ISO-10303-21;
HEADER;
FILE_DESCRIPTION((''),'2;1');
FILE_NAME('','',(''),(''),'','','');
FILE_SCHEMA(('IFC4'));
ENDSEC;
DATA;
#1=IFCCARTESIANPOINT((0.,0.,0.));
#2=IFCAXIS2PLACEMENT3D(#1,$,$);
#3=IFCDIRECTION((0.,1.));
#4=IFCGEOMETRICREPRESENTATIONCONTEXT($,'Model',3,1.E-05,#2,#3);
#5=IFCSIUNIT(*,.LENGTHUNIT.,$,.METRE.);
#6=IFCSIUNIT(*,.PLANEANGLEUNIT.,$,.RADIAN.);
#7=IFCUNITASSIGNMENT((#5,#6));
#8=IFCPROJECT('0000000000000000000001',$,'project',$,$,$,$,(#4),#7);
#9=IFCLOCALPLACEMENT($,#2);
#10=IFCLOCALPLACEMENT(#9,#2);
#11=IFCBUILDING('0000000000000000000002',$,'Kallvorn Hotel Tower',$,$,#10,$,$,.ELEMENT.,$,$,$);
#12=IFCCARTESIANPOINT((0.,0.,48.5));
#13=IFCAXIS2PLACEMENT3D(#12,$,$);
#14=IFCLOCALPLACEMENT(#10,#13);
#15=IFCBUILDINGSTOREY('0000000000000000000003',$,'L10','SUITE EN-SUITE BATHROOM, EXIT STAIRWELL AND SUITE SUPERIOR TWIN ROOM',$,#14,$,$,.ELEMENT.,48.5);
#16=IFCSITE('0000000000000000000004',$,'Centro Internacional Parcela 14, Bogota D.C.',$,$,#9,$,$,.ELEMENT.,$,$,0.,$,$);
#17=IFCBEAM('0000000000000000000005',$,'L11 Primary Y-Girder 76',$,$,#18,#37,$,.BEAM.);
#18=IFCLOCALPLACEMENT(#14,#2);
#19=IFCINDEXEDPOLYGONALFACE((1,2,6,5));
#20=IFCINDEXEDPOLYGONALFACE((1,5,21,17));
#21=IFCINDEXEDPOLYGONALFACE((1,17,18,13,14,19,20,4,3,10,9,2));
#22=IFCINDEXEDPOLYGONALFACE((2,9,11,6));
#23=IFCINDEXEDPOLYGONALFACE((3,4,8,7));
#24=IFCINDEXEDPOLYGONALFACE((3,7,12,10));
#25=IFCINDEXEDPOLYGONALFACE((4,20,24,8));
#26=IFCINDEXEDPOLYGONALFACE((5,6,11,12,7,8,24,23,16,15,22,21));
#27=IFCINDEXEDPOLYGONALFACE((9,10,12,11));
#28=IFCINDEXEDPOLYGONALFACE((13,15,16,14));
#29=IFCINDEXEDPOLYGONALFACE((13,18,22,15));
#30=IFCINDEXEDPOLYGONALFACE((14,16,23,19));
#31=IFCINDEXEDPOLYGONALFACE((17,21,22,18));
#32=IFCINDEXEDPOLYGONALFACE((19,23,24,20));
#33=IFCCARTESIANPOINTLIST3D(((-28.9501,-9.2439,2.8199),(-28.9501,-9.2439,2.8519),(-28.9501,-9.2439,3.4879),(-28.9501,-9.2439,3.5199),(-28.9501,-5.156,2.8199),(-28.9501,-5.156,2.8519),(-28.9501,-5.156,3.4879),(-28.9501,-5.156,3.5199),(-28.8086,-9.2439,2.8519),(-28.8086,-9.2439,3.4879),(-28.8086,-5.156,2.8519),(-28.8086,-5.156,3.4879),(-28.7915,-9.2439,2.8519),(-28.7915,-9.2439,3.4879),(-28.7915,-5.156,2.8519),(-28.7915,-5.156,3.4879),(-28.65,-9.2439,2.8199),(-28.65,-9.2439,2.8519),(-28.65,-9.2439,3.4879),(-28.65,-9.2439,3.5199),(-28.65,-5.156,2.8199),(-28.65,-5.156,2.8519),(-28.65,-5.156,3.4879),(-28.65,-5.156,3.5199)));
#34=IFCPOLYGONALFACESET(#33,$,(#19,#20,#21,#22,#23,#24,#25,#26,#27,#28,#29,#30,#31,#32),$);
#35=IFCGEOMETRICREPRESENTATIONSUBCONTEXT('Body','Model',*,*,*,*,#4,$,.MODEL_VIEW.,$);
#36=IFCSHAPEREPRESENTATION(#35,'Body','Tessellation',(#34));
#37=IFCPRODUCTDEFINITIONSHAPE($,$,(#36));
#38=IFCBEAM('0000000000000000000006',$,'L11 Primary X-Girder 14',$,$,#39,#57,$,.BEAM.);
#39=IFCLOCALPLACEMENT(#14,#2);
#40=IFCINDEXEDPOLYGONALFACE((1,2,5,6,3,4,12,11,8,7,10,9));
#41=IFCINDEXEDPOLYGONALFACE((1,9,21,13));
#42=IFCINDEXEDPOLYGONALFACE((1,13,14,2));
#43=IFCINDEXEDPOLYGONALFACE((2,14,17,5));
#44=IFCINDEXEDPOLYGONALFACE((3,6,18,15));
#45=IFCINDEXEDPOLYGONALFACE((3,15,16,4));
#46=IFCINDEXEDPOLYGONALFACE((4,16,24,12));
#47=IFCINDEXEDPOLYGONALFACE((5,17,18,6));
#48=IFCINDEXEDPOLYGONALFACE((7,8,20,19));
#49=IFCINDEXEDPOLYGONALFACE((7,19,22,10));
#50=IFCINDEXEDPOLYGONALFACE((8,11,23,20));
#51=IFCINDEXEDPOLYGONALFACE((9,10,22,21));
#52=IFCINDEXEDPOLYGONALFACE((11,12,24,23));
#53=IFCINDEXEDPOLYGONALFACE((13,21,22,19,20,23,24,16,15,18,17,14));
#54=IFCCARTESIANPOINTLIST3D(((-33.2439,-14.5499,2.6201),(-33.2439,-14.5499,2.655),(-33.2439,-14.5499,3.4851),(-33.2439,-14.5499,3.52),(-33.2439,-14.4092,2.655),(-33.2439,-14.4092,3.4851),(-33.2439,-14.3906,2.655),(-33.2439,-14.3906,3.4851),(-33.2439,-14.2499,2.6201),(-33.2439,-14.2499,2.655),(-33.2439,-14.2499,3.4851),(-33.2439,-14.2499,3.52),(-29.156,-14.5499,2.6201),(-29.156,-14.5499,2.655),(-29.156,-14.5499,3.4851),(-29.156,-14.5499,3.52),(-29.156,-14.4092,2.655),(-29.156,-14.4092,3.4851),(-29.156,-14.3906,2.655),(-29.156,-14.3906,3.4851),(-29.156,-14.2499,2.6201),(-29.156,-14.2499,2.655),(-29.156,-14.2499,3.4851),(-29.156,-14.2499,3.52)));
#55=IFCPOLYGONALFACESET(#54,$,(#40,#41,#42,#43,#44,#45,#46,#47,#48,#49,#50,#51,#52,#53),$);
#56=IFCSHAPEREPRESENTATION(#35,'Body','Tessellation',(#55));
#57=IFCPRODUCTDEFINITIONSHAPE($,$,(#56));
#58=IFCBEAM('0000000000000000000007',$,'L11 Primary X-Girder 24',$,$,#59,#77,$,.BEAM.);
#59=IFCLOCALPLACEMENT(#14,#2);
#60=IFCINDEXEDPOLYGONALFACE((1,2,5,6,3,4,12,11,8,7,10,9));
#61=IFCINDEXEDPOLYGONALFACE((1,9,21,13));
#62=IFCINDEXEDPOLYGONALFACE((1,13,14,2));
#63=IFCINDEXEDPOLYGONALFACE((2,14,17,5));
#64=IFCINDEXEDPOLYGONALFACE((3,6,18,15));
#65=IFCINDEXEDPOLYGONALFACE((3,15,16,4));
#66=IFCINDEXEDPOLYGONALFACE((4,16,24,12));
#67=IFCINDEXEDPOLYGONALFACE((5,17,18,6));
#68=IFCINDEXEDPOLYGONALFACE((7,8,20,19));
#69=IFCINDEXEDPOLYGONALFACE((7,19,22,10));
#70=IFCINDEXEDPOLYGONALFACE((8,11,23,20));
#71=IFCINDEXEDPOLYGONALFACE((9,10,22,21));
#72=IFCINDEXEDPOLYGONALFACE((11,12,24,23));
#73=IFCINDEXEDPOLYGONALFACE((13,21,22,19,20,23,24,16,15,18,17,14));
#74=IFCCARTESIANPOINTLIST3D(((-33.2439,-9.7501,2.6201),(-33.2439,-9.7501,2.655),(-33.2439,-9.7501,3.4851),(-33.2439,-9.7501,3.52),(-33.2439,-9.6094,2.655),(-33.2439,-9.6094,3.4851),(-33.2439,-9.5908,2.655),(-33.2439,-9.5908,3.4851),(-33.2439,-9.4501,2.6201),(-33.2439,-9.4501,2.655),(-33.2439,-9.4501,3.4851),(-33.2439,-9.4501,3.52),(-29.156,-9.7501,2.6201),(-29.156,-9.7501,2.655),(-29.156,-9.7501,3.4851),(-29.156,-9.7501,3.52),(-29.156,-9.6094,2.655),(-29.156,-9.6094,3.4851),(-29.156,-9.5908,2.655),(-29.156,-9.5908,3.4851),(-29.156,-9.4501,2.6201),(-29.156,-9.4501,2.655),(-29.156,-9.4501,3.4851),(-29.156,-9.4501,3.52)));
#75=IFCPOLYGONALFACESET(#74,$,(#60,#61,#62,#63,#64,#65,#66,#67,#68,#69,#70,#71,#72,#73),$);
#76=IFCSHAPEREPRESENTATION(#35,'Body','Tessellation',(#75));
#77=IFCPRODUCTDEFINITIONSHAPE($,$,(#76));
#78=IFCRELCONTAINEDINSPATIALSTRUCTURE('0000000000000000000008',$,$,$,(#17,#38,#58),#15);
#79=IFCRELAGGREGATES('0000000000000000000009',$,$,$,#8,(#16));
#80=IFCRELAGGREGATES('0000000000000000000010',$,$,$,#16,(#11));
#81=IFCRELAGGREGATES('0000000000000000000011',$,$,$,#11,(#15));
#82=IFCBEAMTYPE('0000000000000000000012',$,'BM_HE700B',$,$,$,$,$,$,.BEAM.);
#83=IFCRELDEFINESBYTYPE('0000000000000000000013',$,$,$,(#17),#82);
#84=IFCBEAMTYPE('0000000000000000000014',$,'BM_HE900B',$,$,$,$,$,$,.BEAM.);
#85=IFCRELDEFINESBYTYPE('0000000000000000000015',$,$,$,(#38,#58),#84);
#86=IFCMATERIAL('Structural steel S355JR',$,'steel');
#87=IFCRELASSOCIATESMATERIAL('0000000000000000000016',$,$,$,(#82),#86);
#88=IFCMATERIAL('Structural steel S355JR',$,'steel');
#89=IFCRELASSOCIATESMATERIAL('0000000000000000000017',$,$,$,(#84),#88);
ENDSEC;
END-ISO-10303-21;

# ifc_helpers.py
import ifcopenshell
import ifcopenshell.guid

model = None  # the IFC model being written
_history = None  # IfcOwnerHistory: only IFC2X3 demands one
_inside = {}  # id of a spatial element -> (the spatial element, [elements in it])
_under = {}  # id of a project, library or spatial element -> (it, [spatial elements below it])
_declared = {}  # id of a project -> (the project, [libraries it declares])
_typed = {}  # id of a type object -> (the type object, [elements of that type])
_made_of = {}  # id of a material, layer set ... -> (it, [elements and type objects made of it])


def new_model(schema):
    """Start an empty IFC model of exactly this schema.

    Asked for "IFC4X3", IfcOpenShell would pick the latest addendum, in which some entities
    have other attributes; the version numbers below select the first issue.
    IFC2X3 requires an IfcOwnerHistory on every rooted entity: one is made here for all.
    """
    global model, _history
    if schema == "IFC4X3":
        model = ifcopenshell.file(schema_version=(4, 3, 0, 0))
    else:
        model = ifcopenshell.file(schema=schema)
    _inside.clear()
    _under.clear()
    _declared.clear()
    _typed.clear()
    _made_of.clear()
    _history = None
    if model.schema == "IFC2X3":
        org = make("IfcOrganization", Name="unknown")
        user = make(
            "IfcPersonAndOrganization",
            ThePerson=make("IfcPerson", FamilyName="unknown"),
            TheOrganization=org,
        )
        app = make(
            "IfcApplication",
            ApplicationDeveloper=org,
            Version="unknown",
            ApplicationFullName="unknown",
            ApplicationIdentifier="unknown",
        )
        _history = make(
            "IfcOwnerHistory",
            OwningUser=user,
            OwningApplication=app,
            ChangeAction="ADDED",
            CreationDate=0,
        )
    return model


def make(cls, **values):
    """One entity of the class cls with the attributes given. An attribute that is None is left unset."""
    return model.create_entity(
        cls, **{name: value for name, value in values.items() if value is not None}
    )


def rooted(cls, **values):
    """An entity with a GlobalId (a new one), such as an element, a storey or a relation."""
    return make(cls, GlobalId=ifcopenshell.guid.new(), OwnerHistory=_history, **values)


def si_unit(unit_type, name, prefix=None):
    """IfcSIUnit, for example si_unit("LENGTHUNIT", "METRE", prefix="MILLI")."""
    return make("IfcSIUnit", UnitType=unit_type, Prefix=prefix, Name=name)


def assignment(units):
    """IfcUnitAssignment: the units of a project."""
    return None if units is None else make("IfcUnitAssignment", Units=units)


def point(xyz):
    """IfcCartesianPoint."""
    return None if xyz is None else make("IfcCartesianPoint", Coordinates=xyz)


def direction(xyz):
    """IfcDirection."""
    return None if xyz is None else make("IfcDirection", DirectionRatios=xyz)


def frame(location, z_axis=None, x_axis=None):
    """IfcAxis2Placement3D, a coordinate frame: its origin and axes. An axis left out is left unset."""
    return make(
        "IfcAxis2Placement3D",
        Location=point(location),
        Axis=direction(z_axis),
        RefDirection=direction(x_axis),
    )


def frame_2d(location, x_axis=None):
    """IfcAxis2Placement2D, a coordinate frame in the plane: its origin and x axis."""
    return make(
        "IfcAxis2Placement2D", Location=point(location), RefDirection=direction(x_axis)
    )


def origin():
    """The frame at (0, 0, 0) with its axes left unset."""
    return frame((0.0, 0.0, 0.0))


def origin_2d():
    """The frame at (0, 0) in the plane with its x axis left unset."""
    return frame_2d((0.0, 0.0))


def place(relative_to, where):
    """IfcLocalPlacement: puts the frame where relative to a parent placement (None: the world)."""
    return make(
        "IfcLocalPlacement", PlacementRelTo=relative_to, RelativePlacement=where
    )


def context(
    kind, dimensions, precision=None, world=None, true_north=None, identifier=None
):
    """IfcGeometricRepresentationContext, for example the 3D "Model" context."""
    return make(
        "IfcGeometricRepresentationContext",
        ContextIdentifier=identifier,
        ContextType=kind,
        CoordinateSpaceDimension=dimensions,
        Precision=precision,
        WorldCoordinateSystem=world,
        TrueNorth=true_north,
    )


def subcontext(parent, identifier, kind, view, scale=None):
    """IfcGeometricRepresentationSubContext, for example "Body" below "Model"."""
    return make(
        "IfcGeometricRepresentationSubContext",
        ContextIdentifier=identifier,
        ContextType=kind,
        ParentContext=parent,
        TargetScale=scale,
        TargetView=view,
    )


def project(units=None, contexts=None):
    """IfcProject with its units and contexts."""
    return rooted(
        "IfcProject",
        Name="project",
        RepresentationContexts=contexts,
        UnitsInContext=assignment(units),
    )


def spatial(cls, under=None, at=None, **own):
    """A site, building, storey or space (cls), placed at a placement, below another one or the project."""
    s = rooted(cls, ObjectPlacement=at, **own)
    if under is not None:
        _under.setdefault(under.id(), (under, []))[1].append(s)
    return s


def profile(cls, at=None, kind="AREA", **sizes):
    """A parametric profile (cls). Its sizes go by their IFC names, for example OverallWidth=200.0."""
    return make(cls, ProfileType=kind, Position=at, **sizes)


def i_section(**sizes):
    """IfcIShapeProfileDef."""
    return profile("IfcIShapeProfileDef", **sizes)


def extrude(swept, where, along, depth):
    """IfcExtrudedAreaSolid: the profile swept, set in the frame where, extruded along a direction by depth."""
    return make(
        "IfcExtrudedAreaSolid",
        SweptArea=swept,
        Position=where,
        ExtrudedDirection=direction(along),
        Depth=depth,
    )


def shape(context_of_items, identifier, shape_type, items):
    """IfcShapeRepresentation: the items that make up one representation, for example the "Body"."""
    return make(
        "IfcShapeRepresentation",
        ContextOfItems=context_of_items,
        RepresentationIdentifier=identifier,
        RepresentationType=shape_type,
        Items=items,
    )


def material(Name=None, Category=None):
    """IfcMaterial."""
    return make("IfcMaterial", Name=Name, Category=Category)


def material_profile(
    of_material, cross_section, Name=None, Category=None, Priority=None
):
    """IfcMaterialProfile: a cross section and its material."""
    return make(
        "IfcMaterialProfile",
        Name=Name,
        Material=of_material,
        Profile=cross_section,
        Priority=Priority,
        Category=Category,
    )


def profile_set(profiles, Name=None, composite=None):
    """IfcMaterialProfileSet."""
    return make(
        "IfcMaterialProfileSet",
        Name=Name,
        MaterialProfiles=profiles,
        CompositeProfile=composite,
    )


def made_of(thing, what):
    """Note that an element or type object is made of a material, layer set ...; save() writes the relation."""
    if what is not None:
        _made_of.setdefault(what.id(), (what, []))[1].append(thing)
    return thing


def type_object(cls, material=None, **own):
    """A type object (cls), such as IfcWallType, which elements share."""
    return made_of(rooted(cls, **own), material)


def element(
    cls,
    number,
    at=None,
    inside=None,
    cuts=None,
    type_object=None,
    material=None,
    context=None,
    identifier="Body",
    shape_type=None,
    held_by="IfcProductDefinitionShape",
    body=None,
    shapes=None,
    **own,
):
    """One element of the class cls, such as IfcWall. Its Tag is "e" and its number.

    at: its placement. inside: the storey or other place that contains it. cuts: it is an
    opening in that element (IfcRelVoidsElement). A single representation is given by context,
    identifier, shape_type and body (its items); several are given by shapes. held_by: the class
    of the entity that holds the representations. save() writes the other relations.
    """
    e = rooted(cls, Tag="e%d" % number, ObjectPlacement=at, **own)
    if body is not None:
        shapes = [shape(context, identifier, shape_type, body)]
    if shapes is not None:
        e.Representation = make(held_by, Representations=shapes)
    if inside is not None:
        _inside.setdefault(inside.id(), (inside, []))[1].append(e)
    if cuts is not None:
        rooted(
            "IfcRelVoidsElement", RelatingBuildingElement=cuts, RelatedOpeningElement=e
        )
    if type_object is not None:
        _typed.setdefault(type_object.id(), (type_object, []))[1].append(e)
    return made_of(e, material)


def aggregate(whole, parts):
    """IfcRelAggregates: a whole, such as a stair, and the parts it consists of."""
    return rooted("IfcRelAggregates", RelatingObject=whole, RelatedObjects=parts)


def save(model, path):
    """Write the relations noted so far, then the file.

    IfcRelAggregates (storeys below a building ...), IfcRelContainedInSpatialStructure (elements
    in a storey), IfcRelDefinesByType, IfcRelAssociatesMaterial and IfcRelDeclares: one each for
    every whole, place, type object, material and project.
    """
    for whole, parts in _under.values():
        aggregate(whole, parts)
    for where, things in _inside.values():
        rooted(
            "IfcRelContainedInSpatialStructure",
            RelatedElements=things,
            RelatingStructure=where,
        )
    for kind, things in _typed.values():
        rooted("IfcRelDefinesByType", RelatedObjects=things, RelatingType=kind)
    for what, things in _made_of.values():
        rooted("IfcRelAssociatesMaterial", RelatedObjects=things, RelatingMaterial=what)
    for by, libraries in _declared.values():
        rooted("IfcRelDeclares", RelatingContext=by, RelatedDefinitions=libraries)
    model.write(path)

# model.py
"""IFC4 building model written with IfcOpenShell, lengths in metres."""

from ifc_helpers import new_model, si_unit, direction, frame, origin, origin_2d, place, context, subcontext, project, spatial, i_section, extrude, material, material_profile, profile_set, type_object, element, save


model = new_model("IFC4")

# Units and contexts
model_context = context("Model", 3, precision=1e-05, world=origin(), true_north=direction((0.0, 1.0)))
body_context = subcontext(model_context, "Body", "Model", "MODEL_VIEW")
ifc_project = project(units=[si_unit("LENGTHUNIT", "METRE"), si_unit("PLANEANGLEUNIT", "RADIAN")], contexts=[model_context])

# Site, building, storey
site_placement = place(None, origin())
site = spatial("IfcSite", under=ifc_project, at=site_placement, Name="Centro Internacional Parcela 14, Bogota D.C.", CompositionType="ELEMENT", RefElevation=0.0)
building_placement = place(site_placement, origin())
building = spatial("IfcBuilding", under=site, at=building_placement, Name="Kallvorn Hotel Tower", CompositionType="ELEMENT")
storey_placement = place(building_placement, frame((0.0, 0.0, 48.5)))
storey = spatial("IfcBuildingStorey", under=building, at=storey_placement, Name="L10", Description="SUITE EN-SUITE BATHROOM, EXIT STAIRWELL AND SUITE SUPERIOR TWIN ROOM", CompositionType="ELEMENT", Elevation=48.5)

# Beams
ifc_material_1 = material(Name="Structural steel S355JR", Category="steel")
ifc_material_profile_1 = material_profile(ifc_material_1, i_section(OverallWidth=0.3, OverallDepth=0.7, WebThickness=0.0171, FlangeThickness=0.032, at=origin_2d()), Name="HE 700 B")
ifc_profile_set_1 = profile_set([ifc_material_profile_1], Name="Structural steel S355JR")
beam_type_1 = type_object("IfcBeamType", Name="BM_HE700B", PredefinedType="BEAM", material=ifc_profile_set_1)
for number, where, z_axis, x_axis, name in (
    (1, (-28.8, -9.2439, 3.1699), (0.0, 1.0, 0.0), (-1.0, 0.0, 0.0), "L11 Primary Y-Girder 76"),
):
    element("IfcBeam", number, at=place(storey_placement, frame(where, z_axis=z_axis, x_axis=x_axis)), inside=storey, type_object=beam_type_1, Name=name, PredefinedType="BEAM", context=body_context, shape_type="SweptSolid", body=[
        extrude(i_section(OverallWidth=0.3, OverallDepth=0.7, WebThickness=0.0171, FlangeThickness=0.032, at=origin_2d()), origin(), (0.0, 0.0, 1.0), 4.0879),
    ])
ifc_material_2 = material(Name="Structural steel S355JR", Category="steel")
ifc_material_profile_2 = material_profile(ifc_material_2, i_section(OverallWidth=0.3, OverallDepth=0.8999, WebThickness=0.0186, FlangeThickness=0.0349, at=origin_2d()), Name="HE 900 B")
ifc_profile_set_2 = profile_set([ifc_material_profile_2], Name="Structural steel S355JR")
beam_type_2 = type_object("IfcBeamType", Name="BM_HE900B", PredefinedType="BEAM", material=ifc_profile_set_2)
for number, where, z_axis, x_axis, name in (
    (2, (-33.2439, -14.3999, 3.0701), (1.0, 0.0, 0.0), (0.0, 1.0, 0.0), "L11 Primary X-Girder 14"),
    (3, (-33.2439, -9.6001, 3.0701), (1.0, 0.0, 0.0), (0.0, 1.0, 0.0), "L11 Primary X-Girder 24"),
):
    element("IfcBeam", number, at=place(storey_placement, frame(where, z_axis=z_axis, x_axis=x_axis)), inside=storey, type_object=beam_type_2, Name=name, PredefinedType="BEAM", context=body_context, shape_type="SweptSolid", body=[
        extrude(i_section(OverallWidth=0.3, OverallDepth=0.8999, WebThickness=0.0186, FlangeThickness=0.0349, at=origin_2d()), origin(), (0.0, 0.0, 1.0), 4.0879),
    ])

save(model, "model.ifc")
